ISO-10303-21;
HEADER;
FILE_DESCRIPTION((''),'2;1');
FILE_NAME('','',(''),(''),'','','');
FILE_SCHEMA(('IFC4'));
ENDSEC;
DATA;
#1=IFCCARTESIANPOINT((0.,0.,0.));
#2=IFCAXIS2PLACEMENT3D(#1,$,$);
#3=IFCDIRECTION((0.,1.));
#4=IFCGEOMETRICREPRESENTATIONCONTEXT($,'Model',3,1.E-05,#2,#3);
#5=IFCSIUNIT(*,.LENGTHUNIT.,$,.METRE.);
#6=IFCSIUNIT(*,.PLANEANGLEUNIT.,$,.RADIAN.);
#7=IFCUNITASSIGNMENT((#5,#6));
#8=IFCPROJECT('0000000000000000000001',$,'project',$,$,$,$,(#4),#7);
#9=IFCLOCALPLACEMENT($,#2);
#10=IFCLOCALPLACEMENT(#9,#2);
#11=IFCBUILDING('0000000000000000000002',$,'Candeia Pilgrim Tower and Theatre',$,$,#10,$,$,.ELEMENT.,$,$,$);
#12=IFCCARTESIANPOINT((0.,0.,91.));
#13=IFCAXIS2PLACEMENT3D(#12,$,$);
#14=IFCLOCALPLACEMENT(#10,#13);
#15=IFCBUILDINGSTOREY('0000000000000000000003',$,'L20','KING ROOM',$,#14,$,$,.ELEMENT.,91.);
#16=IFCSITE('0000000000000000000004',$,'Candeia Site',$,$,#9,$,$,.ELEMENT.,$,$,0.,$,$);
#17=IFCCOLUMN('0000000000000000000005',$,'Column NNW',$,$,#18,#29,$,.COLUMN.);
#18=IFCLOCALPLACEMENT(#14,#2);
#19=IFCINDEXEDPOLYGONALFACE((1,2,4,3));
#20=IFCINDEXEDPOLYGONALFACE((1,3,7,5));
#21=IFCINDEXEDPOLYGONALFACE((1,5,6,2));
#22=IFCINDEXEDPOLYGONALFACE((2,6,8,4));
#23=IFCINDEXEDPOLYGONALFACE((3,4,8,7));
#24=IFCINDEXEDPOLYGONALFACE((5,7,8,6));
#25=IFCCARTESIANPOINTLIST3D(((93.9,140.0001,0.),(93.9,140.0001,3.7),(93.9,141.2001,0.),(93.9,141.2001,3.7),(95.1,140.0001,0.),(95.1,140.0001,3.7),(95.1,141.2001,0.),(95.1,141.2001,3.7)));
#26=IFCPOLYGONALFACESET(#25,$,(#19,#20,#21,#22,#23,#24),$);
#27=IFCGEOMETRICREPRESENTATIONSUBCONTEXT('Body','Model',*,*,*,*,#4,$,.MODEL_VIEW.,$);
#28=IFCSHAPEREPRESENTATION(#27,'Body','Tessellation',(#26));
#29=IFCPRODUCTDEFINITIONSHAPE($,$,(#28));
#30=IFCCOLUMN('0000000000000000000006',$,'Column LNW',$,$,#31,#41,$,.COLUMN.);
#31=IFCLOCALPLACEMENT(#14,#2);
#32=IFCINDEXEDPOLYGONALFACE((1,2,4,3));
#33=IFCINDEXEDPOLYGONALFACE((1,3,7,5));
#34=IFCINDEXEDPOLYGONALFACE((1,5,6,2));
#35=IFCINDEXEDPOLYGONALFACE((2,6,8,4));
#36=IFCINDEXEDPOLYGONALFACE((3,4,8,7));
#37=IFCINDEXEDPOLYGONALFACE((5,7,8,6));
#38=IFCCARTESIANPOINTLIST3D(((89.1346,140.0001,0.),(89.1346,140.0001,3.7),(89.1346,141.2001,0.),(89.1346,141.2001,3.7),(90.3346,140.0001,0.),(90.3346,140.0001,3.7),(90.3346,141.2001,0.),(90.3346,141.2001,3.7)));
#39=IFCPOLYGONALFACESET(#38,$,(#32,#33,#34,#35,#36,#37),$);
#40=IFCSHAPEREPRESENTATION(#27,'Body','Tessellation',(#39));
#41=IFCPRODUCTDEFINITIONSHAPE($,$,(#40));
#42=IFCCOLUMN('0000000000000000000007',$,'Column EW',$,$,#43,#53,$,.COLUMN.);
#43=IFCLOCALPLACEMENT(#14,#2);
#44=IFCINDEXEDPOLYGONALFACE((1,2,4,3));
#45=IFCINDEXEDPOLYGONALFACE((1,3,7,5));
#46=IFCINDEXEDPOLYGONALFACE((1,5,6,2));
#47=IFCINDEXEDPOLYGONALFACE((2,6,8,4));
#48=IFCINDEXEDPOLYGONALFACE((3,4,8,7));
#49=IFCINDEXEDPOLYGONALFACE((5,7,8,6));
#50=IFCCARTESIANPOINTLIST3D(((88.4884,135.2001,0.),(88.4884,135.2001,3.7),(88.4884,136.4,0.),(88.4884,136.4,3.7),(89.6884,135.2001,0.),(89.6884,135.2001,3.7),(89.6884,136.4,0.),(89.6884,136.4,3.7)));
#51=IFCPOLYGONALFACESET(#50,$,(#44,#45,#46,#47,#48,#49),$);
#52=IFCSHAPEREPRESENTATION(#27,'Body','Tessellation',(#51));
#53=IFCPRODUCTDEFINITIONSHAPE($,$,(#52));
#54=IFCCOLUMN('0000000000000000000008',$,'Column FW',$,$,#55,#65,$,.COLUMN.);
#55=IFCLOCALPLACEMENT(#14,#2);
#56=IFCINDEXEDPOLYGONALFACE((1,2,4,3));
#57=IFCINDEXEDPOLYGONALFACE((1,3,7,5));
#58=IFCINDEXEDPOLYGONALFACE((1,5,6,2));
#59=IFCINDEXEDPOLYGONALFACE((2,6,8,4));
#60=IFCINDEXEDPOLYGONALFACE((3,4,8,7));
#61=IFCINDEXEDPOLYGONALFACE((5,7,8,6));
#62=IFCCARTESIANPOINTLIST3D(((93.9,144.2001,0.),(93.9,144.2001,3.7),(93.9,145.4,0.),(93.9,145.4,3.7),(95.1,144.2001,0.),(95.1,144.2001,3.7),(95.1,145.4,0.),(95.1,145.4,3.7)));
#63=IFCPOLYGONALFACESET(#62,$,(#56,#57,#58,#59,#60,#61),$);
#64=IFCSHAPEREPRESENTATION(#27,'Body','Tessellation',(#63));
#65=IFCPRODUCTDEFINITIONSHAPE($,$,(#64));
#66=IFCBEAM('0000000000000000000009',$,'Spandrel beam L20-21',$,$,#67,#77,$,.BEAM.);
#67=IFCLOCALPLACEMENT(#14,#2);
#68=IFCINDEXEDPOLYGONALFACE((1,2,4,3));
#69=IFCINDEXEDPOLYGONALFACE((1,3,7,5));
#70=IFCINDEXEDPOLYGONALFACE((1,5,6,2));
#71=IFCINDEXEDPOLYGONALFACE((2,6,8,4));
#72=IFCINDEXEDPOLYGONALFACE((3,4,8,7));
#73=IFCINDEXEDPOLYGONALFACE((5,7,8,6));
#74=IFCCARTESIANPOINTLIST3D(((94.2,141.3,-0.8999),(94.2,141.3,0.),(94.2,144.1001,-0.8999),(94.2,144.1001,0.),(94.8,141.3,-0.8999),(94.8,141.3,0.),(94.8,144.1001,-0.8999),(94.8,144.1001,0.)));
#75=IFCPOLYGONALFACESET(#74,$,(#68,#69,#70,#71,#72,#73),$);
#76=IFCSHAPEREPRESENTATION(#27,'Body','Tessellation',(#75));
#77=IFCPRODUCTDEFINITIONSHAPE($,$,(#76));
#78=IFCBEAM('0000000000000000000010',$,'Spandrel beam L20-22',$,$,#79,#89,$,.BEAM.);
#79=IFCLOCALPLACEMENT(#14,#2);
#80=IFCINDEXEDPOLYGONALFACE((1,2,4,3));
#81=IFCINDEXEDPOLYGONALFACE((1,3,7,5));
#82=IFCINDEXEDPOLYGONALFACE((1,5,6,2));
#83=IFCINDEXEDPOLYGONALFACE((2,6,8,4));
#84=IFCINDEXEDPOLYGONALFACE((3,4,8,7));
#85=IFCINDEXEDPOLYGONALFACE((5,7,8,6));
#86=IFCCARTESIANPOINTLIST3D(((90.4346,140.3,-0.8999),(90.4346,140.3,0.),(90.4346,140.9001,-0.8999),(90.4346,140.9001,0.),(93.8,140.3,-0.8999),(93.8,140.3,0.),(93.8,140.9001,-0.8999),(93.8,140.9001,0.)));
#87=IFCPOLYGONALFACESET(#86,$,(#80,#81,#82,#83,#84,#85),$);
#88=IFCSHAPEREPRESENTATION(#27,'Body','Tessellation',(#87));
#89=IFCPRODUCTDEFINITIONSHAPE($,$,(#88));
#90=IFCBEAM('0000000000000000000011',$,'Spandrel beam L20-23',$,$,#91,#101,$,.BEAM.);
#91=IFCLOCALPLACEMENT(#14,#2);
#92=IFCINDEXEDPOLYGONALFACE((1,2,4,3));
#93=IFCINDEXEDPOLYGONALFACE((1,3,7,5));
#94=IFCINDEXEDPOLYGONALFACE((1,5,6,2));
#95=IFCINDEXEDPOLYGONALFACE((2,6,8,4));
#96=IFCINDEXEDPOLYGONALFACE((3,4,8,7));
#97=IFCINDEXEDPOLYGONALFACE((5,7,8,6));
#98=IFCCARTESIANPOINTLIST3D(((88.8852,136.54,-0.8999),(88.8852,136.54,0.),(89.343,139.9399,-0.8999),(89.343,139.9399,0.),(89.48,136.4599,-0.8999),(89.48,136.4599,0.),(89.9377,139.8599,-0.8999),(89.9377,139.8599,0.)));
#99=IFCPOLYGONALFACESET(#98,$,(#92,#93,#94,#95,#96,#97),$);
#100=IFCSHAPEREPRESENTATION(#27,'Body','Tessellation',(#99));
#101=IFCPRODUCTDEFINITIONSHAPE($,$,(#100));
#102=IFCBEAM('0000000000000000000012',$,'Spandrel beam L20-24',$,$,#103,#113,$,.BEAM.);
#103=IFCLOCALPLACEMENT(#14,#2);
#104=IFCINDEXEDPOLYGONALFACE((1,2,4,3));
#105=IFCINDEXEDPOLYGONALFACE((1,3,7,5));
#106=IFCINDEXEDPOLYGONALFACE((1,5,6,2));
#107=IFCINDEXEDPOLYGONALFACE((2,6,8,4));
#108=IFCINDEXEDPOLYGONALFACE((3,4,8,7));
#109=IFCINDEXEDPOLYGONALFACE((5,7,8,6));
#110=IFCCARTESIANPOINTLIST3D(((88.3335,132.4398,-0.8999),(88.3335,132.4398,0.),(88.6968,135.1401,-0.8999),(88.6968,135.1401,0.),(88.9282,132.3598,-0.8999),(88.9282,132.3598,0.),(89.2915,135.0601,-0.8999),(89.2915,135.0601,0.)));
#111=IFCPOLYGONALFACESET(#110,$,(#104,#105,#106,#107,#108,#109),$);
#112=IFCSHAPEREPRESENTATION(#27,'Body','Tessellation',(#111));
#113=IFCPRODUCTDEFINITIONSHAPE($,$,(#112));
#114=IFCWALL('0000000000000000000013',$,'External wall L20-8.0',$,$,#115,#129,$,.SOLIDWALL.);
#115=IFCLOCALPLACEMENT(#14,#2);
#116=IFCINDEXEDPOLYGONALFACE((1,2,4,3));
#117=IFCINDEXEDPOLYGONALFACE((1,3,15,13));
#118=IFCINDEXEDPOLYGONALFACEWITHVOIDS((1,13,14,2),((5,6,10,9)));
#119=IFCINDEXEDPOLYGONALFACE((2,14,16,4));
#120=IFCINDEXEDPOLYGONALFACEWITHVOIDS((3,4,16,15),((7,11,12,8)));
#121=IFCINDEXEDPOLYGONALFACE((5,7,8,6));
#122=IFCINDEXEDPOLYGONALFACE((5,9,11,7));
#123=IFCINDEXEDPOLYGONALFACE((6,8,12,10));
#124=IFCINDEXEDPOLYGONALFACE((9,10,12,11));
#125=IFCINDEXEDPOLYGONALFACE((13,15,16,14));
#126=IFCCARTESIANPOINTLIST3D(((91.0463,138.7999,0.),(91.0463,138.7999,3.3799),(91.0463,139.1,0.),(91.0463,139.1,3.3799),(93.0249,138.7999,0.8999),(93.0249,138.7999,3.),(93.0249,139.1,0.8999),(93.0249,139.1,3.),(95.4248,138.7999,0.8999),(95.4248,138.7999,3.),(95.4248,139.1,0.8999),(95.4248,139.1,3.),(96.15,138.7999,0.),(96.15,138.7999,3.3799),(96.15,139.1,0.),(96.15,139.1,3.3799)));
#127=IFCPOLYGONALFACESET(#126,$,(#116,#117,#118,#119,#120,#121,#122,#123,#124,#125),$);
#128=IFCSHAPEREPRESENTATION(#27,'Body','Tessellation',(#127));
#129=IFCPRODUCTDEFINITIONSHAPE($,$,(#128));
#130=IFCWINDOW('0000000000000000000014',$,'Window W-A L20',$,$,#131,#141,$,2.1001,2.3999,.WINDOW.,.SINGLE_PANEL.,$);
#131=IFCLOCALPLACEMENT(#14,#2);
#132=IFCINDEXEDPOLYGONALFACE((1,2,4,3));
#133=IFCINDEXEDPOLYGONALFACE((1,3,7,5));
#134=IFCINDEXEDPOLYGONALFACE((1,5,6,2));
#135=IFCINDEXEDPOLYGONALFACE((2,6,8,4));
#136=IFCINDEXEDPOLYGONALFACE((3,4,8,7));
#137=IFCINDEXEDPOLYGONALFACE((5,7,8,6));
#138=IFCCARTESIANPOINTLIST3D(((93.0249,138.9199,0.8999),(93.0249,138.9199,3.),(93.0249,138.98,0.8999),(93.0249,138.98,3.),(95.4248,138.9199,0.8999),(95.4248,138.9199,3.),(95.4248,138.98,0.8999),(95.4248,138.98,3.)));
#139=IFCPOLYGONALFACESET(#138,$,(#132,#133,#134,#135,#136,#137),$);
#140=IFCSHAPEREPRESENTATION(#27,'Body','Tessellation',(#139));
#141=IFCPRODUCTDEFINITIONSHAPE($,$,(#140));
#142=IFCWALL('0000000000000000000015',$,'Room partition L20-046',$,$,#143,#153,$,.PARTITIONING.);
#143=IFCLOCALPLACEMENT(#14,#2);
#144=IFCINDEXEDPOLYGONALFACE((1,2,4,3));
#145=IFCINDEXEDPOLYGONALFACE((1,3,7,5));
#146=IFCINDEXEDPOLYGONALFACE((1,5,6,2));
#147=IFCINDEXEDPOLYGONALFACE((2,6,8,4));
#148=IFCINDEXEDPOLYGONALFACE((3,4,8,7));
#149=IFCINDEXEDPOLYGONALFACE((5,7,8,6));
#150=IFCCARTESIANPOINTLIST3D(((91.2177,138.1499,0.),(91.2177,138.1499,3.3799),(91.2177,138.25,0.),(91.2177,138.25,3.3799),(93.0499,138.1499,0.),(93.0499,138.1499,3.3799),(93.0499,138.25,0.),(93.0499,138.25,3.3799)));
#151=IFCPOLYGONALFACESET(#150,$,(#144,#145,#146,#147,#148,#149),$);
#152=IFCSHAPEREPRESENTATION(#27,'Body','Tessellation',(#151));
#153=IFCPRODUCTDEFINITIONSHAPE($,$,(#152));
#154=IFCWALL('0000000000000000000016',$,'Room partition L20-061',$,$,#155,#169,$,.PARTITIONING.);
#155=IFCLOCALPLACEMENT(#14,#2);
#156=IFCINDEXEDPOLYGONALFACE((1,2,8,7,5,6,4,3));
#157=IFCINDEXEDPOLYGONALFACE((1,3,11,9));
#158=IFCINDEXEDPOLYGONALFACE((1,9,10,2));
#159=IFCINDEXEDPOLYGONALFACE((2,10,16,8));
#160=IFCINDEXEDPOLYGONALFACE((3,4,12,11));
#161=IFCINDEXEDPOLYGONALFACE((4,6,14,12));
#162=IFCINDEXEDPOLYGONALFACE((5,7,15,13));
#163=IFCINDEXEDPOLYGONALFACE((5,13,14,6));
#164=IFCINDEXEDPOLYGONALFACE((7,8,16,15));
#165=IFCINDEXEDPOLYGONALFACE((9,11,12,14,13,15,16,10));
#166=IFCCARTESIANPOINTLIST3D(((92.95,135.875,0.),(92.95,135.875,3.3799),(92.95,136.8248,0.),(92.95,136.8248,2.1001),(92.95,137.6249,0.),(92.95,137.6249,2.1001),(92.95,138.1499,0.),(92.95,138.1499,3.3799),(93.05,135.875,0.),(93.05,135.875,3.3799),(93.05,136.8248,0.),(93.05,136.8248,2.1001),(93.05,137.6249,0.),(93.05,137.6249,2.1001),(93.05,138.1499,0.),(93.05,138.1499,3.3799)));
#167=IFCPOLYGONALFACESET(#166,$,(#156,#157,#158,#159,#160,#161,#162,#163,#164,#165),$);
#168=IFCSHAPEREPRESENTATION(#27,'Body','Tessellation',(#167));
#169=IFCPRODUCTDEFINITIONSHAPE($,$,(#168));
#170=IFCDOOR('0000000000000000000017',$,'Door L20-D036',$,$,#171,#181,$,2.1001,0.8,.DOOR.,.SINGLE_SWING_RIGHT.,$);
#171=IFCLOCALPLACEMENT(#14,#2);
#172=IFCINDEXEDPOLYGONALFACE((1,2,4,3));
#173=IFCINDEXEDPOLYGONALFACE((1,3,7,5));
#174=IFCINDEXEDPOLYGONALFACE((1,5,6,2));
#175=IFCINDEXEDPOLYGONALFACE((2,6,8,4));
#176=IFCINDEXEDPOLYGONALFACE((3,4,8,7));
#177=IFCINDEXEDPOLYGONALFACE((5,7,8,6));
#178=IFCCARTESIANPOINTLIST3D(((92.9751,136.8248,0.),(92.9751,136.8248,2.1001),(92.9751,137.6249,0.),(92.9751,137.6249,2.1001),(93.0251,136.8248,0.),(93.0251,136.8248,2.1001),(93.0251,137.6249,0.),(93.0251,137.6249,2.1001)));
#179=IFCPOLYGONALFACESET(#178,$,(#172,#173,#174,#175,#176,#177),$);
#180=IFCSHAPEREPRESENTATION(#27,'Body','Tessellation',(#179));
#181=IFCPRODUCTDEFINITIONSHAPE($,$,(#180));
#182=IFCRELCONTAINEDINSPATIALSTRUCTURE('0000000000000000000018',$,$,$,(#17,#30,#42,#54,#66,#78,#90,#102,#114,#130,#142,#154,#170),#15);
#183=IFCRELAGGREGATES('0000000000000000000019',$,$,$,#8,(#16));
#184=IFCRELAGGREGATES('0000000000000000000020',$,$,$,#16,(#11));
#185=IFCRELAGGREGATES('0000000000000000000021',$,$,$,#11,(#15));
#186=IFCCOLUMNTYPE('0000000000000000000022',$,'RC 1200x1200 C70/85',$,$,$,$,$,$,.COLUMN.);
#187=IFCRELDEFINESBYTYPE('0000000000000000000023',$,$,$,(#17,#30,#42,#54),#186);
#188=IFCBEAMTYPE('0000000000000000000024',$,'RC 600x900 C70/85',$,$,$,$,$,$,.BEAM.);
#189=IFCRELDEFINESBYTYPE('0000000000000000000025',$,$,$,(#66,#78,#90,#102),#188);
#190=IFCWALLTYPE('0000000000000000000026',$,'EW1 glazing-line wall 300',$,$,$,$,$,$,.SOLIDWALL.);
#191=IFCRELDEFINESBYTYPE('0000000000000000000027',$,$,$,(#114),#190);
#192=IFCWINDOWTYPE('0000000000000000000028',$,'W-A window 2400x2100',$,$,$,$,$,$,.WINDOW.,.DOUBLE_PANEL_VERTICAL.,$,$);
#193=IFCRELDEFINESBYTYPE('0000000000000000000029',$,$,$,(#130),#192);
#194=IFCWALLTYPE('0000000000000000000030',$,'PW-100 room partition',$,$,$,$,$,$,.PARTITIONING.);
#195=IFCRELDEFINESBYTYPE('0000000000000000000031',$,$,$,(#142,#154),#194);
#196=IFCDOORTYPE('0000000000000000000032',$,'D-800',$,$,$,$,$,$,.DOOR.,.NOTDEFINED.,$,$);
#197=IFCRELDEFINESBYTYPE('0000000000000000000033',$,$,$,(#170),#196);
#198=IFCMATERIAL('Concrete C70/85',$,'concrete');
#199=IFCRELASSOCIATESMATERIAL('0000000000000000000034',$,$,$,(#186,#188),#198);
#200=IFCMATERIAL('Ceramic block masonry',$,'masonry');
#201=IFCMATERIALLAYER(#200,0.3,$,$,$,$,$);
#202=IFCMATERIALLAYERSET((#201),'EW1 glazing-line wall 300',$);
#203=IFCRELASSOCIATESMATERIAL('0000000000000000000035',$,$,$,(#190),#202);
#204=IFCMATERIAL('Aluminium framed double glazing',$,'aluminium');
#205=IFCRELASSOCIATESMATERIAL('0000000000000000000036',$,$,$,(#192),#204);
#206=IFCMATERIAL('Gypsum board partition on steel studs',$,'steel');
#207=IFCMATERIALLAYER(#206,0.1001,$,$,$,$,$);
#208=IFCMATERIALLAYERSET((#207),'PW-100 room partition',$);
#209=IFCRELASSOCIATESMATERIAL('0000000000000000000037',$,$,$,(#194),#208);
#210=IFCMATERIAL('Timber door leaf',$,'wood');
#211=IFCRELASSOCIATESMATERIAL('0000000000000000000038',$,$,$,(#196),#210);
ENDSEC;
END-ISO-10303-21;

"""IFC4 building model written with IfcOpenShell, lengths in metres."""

from ifc_helpers import new_model, si_unit, direction, frame, frame_2d, origin, origin_2d, place, context, subcontext, project, spatial, rectangle, extrude, material, layer, layer_set, material_profile, profile_set, type_object, element, fill, save


model = new_model("IFC4")

# Units and contexts
model_context = context("Model", 3, precision=1e-05, world=origin(), true_north=direction((0.0, 1.0)))
body_context = subcontext(model_context, "Body", "Model", "MODEL_VIEW")
ifc_project = project(units=[si_unit("LENGTHUNIT", "METRE"), si_unit("PLANEANGLEUNIT", "RADIAN")], contexts=[model_context])

# Site, building, storey
site_placement = place(None, origin())
site = spatial("IfcSite", under=ifc_project, at=site_placement, Name="Candeia Site", CompositionType="ELEMENT", RefElevation=0.0)
building_placement = place(site_placement, origin())
building = spatial("IfcBuilding", under=site, at=building_placement, Name="Candeia Pilgrim Tower and Theatre", CompositionType="ELEMENT")
storey_placement = place(building_placement, frame((0.0, 0.0, 91.0)))
storey = spatial("IfcBuildingStorey", under=building, at=storey_placement, Name="L20", Description="KING ROOM", CompositionType="ELEMENT", Elevation=91.0)

# Columns
ifc_material_1 = material(Name="Concrete C70/85", Category="concrete")
ifc_material_profile_1 = material_profile(ifc_material_1, rectangle(XDim=1.2, YDim=1.2, at=origin_2d()))
ifc_profile_set_1 = profile_set([ifc_material_profile_1], Name="Concrete C70/85")
column_type = type_object("IfcColumnType", Name="RC 1200x1200 C70/85", PredefinedType="COLUMN", material=ifc_profile_set_1)
for number, where, z_axis, x_axis, name in (
    (1, (94.5, 140.6001, 0.0), (0.0, 0.0, 1.0), (1.0, 0.0, 0.0), "Column NNW"),
    (2, (89.7346, 140.6001, 0.0), (0.0, 0.0, 1.0), (1.0, 0.0, 0.0), "Column LNW"),
    (3, (89.0884, 135.8, 0.0), (0.0, 0.0, 1.0), (1.0, 0.0, 0.0), "Column EW"),
    (4, (94.5, 144.8, 0.0), (0.0, 0.0, 1.0), (1.0, 0.0, 0.0), "Column FW"),
):
    element("IfcColumn", number, at=place(storey_placement, frame(where, z_axis=z_axis, x_axis=x_axis)), inside=storey, type_object=column_type, Name=name, PredefinedType="COLUMN", context=body_context, shape_type="SweptSolid", body=[
        extrude(rectangle(XDim=1.2, YDim=1.2, at=origin_2d()), origin(), (0.0, 0.0, 1.0), 3.7),
    ])

# Beams
ifc_material_profile_2 = material_profile(ifc_material_1, rectangle(XDim=0.6001, YDim=0.8999, at=origin_2d()))
ifc_profile_set_2 = profile_set([ifc_material_profile_2], Name="Concrete C70/85")
beam_type = type_object("IfcBeamType", Name="RC 600x900 C70/85", PredefinedType="BEAM", material=ifc_profile_set_2)
beam_1_placement = place(storey_placement, frame((94.5, 144.1001, -0.45), z_axis=(0.0, -1.0, 0.0), x_axis=(1.0, 0.0, 0.0)))
element("IfcBeam", 5, at=beam_1_placement, inside=storey, type_object=beam_type, Name="Spandrel beam L20-21", PredefinedType="BEAM", context=body_context, shape_type="SweptSolid", body=[
    extrude(rectangle(XDim=0.6001, YDim=0.8999, at=origin_2d()), origin(), (0.0, 0.0, 1.0), 2.8),
])
beam_2_placement = place(storey_placement, frame((93.8, 140.6001, -0.45), z_axis=(-1.0, 0.0, 0.0), x_axis=(0.0, -1.0, 0.0)))
element("IfcBeam", 6, at=beam_2_placement, inside=storey, type_object=beam_type, Name="Spandrel beam L20-22", PredefinedType="BEAM", context=body_context, shape_type="SweptSolid", body=[
    extrude(rectangle(XDim=0.6001, YDim=0.8999, at=origin_2d()), origin(), (0.0, 0.0, 1.0), 3.3655),
])
beam_3_placement = place(storey_placement, frame((89.6404, 139.8999, -0.45), z_axis=(-0.133436, -0.991057, 0.0), x_axis=(0.991057, -0.133436, 0.0)))
element("IfcBeam", 7, at=beam_3_placement, inside=storey, type_object=beam_type, Name="Spandrel beam L20-23", PredefinedType="BEAM", context=body_context, shape_type="SweptSolid", body=[
    extrude(rectangle(XDim=0.6001, YDim=0.8999, at=origin_2d()), origin(), (0.0, 0.0, 1.0), 3.4307),
])
beam_4_placement = place(storey_placement, frame((88.9941, 135.1001, -0.45), z_axis=(-0.133338, -0.991071, 0.0), x_axis=(0.991071, -0.133338, 0.0)))
element("IfcBeam", 8, at=beam_4_placement, inside=storey, type_object=beam_type, Name="Spandrel beam L20-24", PredefinedType="BEAM", context=body_context, shape_type="SweptSolid", body=[
    extrude(rectangle(XDim=0.6001, YDim=0.8999, at=origin_2d()), origin(), (0.0, 0.0, 1.0), 2.7246),
])

# Wall, opening, window
ifc_material_2 = material(Name="Ceramic block masonry", Category="masonry")
ifc_layer_1 = layer(ifc_material_2, 0.3)
ifc_layer_set_1 = layer_set([ifc_layer_1], Name="EW1 glazing-line wall 300")
wall_type_1 = type_object("IfcWallType", Name="EW1 glazing-line wall 300", PredefinedType="SOLIDWALL", material=ifc_layer_set_1)
wall_1_placement = place(storey_placement, frame((96.1499, 138.95, 0.0), z_axis=(0.0, 0.0, 1.0), x_axis=(-1.0, 0.0, 0.0)))
wall_1 = element("IfcWall", 9, at=wall_1_placement, inside=storey, type_object=wall_type_1, Name="External wall L20-8.0", PredefinedType="SOLIDWALL", context=body_context, shape_type="SweptSolid", body=[
    extrude(rectangle(XDim=5.1038, YDim=0.3, at=frame_2d((2.5518, 0.0))), origin(), (0.0, 0.0, 1.0), 3.3799),
])
opening_1_placement = place(wall_1_placement, frame((0.7251, 0.0, 0.8999)))
opening_1 = element("IfcOpeningElement", 10, at=opening_1_placement, cuts=wall_1, PredefinedType="OPENING", context=body_context, shape_type="SweptSolid", body=[
    extrude(rectangle(XDim=2.3999, YDim=2.1001, at=frame_2d((1.2, 1.05))), frame((0.0, 0.1602, 0.0), z_axis=(0.0, -1.0, 0.0), x_axis=(1.0, 0.0, 0.0)), (0.0, 0.0, 1.0), 0.3201),
])
ifc_material_3 = material(Name="Aluminium framed double glazing", Category="aluminium")
window_type_1 = type_object("IfcWindowType", Name="W-A window 2400x2100", PartitioningType="DOUBLE_PANEL_VERTICAL", PredefinedType="WINDOW", material=ifc_material_3)
window_1_placement = place(opening_1_placement, origin())
window_1 = element("IfcWindow", 11, at=window_1_placement, inside=storey, type_object=window_type_1, Name="Window W-A L20", OverallHeight=2.1001, OverallWidth=2.3999, PartitioningType="SINGLE_PANEL", PredefinedType="WINDOW", context=body_context, shape_type="SweptSolid", body=[
    extrude(rectangle(XDim=2.3999, YDim=2.1001, at=frame_2d((1.2, 1.05))), frame((0.0, 0.03, 0.0), z_axis=(0.0, -1.0, 0.0), x_axis=(1.0, 0.0, 0.0)), (0.0, 0.0, 1.0), 0.0601),
])
fill(opening_1, window_1)

# Wall
ifc_material_4 = material(Name="Gypsum board partition on steel studs", Category="steel")
ifc_layer_2 = layer(ifc_material_4, 0.1001)
ifc_layer_set_2 = layer_set([ifc_layer_2], Name="PW-100 room partition")
wall_type_2 = type_object("IfcWallType", Name="PW-100 room partition", PredefinedType="PARTITIONING", material=ifc_layer_set_2)
wall_2_placement = place(storey_placement, frame((91.2178, 138.2, 0.0), z_axis=(0.0, 0.0, 1.0), x_axis=(1.0, 0.0, 0.0)))
element("IfcWall", 12, at=wall_2_placement, inside=storey, type_object=wall_type_2, Name="Room partition L20-046", PredefinedType="PARTITIONING", context=body_context, shape_type="SweptSolid", body=[
    extrude(rectangle(XDim=1.8323, YDim=0.1001, at=frame_2d((0.916, 0.0))), origin(), (0.0, 0.0, 1.0), 3.3799),
])

# Wall, opening, door
wall_3_placement = place(storey_placement, frame((93.0, 135.875, 0.0), z_axis=(0.0, 0.0, 1.0), x_axis=(0.0, 1.0, 0.0)))
wall_3 = element("IfcWall", 13, at=wall_3_placement, inside=storey, type_object=wall_type_2, Name="Room partition L20-061", PredefinedType="PARTITIONING", context=body_context, shape_type="SweptSolid", body=[
    extrude(rectangle(XDim=2.2749, YDim=0.1001, at=frame_2d((1.1375, 0.0))), origin(), (0.0, 0.0, 1.0), 3.3799),
])
opening_2_placement = place(wall_3_placement, frame((0.95, 0.0, 0.0)))
opening_2 = element("IfcOpeningElement", 14, at=opening_2_placement, cuts=wall_3, PredefinedType="OPENING", context=body_context, shape_type="SweptSolid", body=[
    extrude(rectangle(XDim=0.8, YDim=2.1001, at=frame_2d((0.3999, 1.05))), frame((0.0, 0.0601, 0.0), z_axis=(0.0, -1.0, 0.0), x_axis=(1.0, 0.0, 0.0)), (0.0, 0.0, 1.0), 0.1201),
])
ifc_material_5 = material(Name="Timber door leaf", Category="wood")
door_type_1 = type_object("IfcDoorType", Name="D-800", OperationType="NOTDEFINED", PredefinedType="DOOR", material=ifc_material_5)
door_1_placement = place(opening_2_placement, origin())
door_1 = element("IfcDoor", 15, at=door_1_placement, inside=storey, type_object=door_type_1, Name="Door L20-D036", OperationType="SINGLE_SWING_RIGHT", OverallHeight=2.1001, OverallWidth=0.8, PredefinedType="DOOR", context=body_context, shape_type="SweptSolid", body=[
    extrude(rectangle(XDim=0.8, YDim=2.1001, at=frame_2d((0.3999, 1.05))), frame((0.0, 0.0249, 0.0), z_axis=(0.0, -1.0, 0.0), x_axis=(1.0, 0.0, 0.0)), (0.0, 0.0, 1.0), 0.05),
])
fill(opening_2, door_1)

save(model, "model.ifc")
